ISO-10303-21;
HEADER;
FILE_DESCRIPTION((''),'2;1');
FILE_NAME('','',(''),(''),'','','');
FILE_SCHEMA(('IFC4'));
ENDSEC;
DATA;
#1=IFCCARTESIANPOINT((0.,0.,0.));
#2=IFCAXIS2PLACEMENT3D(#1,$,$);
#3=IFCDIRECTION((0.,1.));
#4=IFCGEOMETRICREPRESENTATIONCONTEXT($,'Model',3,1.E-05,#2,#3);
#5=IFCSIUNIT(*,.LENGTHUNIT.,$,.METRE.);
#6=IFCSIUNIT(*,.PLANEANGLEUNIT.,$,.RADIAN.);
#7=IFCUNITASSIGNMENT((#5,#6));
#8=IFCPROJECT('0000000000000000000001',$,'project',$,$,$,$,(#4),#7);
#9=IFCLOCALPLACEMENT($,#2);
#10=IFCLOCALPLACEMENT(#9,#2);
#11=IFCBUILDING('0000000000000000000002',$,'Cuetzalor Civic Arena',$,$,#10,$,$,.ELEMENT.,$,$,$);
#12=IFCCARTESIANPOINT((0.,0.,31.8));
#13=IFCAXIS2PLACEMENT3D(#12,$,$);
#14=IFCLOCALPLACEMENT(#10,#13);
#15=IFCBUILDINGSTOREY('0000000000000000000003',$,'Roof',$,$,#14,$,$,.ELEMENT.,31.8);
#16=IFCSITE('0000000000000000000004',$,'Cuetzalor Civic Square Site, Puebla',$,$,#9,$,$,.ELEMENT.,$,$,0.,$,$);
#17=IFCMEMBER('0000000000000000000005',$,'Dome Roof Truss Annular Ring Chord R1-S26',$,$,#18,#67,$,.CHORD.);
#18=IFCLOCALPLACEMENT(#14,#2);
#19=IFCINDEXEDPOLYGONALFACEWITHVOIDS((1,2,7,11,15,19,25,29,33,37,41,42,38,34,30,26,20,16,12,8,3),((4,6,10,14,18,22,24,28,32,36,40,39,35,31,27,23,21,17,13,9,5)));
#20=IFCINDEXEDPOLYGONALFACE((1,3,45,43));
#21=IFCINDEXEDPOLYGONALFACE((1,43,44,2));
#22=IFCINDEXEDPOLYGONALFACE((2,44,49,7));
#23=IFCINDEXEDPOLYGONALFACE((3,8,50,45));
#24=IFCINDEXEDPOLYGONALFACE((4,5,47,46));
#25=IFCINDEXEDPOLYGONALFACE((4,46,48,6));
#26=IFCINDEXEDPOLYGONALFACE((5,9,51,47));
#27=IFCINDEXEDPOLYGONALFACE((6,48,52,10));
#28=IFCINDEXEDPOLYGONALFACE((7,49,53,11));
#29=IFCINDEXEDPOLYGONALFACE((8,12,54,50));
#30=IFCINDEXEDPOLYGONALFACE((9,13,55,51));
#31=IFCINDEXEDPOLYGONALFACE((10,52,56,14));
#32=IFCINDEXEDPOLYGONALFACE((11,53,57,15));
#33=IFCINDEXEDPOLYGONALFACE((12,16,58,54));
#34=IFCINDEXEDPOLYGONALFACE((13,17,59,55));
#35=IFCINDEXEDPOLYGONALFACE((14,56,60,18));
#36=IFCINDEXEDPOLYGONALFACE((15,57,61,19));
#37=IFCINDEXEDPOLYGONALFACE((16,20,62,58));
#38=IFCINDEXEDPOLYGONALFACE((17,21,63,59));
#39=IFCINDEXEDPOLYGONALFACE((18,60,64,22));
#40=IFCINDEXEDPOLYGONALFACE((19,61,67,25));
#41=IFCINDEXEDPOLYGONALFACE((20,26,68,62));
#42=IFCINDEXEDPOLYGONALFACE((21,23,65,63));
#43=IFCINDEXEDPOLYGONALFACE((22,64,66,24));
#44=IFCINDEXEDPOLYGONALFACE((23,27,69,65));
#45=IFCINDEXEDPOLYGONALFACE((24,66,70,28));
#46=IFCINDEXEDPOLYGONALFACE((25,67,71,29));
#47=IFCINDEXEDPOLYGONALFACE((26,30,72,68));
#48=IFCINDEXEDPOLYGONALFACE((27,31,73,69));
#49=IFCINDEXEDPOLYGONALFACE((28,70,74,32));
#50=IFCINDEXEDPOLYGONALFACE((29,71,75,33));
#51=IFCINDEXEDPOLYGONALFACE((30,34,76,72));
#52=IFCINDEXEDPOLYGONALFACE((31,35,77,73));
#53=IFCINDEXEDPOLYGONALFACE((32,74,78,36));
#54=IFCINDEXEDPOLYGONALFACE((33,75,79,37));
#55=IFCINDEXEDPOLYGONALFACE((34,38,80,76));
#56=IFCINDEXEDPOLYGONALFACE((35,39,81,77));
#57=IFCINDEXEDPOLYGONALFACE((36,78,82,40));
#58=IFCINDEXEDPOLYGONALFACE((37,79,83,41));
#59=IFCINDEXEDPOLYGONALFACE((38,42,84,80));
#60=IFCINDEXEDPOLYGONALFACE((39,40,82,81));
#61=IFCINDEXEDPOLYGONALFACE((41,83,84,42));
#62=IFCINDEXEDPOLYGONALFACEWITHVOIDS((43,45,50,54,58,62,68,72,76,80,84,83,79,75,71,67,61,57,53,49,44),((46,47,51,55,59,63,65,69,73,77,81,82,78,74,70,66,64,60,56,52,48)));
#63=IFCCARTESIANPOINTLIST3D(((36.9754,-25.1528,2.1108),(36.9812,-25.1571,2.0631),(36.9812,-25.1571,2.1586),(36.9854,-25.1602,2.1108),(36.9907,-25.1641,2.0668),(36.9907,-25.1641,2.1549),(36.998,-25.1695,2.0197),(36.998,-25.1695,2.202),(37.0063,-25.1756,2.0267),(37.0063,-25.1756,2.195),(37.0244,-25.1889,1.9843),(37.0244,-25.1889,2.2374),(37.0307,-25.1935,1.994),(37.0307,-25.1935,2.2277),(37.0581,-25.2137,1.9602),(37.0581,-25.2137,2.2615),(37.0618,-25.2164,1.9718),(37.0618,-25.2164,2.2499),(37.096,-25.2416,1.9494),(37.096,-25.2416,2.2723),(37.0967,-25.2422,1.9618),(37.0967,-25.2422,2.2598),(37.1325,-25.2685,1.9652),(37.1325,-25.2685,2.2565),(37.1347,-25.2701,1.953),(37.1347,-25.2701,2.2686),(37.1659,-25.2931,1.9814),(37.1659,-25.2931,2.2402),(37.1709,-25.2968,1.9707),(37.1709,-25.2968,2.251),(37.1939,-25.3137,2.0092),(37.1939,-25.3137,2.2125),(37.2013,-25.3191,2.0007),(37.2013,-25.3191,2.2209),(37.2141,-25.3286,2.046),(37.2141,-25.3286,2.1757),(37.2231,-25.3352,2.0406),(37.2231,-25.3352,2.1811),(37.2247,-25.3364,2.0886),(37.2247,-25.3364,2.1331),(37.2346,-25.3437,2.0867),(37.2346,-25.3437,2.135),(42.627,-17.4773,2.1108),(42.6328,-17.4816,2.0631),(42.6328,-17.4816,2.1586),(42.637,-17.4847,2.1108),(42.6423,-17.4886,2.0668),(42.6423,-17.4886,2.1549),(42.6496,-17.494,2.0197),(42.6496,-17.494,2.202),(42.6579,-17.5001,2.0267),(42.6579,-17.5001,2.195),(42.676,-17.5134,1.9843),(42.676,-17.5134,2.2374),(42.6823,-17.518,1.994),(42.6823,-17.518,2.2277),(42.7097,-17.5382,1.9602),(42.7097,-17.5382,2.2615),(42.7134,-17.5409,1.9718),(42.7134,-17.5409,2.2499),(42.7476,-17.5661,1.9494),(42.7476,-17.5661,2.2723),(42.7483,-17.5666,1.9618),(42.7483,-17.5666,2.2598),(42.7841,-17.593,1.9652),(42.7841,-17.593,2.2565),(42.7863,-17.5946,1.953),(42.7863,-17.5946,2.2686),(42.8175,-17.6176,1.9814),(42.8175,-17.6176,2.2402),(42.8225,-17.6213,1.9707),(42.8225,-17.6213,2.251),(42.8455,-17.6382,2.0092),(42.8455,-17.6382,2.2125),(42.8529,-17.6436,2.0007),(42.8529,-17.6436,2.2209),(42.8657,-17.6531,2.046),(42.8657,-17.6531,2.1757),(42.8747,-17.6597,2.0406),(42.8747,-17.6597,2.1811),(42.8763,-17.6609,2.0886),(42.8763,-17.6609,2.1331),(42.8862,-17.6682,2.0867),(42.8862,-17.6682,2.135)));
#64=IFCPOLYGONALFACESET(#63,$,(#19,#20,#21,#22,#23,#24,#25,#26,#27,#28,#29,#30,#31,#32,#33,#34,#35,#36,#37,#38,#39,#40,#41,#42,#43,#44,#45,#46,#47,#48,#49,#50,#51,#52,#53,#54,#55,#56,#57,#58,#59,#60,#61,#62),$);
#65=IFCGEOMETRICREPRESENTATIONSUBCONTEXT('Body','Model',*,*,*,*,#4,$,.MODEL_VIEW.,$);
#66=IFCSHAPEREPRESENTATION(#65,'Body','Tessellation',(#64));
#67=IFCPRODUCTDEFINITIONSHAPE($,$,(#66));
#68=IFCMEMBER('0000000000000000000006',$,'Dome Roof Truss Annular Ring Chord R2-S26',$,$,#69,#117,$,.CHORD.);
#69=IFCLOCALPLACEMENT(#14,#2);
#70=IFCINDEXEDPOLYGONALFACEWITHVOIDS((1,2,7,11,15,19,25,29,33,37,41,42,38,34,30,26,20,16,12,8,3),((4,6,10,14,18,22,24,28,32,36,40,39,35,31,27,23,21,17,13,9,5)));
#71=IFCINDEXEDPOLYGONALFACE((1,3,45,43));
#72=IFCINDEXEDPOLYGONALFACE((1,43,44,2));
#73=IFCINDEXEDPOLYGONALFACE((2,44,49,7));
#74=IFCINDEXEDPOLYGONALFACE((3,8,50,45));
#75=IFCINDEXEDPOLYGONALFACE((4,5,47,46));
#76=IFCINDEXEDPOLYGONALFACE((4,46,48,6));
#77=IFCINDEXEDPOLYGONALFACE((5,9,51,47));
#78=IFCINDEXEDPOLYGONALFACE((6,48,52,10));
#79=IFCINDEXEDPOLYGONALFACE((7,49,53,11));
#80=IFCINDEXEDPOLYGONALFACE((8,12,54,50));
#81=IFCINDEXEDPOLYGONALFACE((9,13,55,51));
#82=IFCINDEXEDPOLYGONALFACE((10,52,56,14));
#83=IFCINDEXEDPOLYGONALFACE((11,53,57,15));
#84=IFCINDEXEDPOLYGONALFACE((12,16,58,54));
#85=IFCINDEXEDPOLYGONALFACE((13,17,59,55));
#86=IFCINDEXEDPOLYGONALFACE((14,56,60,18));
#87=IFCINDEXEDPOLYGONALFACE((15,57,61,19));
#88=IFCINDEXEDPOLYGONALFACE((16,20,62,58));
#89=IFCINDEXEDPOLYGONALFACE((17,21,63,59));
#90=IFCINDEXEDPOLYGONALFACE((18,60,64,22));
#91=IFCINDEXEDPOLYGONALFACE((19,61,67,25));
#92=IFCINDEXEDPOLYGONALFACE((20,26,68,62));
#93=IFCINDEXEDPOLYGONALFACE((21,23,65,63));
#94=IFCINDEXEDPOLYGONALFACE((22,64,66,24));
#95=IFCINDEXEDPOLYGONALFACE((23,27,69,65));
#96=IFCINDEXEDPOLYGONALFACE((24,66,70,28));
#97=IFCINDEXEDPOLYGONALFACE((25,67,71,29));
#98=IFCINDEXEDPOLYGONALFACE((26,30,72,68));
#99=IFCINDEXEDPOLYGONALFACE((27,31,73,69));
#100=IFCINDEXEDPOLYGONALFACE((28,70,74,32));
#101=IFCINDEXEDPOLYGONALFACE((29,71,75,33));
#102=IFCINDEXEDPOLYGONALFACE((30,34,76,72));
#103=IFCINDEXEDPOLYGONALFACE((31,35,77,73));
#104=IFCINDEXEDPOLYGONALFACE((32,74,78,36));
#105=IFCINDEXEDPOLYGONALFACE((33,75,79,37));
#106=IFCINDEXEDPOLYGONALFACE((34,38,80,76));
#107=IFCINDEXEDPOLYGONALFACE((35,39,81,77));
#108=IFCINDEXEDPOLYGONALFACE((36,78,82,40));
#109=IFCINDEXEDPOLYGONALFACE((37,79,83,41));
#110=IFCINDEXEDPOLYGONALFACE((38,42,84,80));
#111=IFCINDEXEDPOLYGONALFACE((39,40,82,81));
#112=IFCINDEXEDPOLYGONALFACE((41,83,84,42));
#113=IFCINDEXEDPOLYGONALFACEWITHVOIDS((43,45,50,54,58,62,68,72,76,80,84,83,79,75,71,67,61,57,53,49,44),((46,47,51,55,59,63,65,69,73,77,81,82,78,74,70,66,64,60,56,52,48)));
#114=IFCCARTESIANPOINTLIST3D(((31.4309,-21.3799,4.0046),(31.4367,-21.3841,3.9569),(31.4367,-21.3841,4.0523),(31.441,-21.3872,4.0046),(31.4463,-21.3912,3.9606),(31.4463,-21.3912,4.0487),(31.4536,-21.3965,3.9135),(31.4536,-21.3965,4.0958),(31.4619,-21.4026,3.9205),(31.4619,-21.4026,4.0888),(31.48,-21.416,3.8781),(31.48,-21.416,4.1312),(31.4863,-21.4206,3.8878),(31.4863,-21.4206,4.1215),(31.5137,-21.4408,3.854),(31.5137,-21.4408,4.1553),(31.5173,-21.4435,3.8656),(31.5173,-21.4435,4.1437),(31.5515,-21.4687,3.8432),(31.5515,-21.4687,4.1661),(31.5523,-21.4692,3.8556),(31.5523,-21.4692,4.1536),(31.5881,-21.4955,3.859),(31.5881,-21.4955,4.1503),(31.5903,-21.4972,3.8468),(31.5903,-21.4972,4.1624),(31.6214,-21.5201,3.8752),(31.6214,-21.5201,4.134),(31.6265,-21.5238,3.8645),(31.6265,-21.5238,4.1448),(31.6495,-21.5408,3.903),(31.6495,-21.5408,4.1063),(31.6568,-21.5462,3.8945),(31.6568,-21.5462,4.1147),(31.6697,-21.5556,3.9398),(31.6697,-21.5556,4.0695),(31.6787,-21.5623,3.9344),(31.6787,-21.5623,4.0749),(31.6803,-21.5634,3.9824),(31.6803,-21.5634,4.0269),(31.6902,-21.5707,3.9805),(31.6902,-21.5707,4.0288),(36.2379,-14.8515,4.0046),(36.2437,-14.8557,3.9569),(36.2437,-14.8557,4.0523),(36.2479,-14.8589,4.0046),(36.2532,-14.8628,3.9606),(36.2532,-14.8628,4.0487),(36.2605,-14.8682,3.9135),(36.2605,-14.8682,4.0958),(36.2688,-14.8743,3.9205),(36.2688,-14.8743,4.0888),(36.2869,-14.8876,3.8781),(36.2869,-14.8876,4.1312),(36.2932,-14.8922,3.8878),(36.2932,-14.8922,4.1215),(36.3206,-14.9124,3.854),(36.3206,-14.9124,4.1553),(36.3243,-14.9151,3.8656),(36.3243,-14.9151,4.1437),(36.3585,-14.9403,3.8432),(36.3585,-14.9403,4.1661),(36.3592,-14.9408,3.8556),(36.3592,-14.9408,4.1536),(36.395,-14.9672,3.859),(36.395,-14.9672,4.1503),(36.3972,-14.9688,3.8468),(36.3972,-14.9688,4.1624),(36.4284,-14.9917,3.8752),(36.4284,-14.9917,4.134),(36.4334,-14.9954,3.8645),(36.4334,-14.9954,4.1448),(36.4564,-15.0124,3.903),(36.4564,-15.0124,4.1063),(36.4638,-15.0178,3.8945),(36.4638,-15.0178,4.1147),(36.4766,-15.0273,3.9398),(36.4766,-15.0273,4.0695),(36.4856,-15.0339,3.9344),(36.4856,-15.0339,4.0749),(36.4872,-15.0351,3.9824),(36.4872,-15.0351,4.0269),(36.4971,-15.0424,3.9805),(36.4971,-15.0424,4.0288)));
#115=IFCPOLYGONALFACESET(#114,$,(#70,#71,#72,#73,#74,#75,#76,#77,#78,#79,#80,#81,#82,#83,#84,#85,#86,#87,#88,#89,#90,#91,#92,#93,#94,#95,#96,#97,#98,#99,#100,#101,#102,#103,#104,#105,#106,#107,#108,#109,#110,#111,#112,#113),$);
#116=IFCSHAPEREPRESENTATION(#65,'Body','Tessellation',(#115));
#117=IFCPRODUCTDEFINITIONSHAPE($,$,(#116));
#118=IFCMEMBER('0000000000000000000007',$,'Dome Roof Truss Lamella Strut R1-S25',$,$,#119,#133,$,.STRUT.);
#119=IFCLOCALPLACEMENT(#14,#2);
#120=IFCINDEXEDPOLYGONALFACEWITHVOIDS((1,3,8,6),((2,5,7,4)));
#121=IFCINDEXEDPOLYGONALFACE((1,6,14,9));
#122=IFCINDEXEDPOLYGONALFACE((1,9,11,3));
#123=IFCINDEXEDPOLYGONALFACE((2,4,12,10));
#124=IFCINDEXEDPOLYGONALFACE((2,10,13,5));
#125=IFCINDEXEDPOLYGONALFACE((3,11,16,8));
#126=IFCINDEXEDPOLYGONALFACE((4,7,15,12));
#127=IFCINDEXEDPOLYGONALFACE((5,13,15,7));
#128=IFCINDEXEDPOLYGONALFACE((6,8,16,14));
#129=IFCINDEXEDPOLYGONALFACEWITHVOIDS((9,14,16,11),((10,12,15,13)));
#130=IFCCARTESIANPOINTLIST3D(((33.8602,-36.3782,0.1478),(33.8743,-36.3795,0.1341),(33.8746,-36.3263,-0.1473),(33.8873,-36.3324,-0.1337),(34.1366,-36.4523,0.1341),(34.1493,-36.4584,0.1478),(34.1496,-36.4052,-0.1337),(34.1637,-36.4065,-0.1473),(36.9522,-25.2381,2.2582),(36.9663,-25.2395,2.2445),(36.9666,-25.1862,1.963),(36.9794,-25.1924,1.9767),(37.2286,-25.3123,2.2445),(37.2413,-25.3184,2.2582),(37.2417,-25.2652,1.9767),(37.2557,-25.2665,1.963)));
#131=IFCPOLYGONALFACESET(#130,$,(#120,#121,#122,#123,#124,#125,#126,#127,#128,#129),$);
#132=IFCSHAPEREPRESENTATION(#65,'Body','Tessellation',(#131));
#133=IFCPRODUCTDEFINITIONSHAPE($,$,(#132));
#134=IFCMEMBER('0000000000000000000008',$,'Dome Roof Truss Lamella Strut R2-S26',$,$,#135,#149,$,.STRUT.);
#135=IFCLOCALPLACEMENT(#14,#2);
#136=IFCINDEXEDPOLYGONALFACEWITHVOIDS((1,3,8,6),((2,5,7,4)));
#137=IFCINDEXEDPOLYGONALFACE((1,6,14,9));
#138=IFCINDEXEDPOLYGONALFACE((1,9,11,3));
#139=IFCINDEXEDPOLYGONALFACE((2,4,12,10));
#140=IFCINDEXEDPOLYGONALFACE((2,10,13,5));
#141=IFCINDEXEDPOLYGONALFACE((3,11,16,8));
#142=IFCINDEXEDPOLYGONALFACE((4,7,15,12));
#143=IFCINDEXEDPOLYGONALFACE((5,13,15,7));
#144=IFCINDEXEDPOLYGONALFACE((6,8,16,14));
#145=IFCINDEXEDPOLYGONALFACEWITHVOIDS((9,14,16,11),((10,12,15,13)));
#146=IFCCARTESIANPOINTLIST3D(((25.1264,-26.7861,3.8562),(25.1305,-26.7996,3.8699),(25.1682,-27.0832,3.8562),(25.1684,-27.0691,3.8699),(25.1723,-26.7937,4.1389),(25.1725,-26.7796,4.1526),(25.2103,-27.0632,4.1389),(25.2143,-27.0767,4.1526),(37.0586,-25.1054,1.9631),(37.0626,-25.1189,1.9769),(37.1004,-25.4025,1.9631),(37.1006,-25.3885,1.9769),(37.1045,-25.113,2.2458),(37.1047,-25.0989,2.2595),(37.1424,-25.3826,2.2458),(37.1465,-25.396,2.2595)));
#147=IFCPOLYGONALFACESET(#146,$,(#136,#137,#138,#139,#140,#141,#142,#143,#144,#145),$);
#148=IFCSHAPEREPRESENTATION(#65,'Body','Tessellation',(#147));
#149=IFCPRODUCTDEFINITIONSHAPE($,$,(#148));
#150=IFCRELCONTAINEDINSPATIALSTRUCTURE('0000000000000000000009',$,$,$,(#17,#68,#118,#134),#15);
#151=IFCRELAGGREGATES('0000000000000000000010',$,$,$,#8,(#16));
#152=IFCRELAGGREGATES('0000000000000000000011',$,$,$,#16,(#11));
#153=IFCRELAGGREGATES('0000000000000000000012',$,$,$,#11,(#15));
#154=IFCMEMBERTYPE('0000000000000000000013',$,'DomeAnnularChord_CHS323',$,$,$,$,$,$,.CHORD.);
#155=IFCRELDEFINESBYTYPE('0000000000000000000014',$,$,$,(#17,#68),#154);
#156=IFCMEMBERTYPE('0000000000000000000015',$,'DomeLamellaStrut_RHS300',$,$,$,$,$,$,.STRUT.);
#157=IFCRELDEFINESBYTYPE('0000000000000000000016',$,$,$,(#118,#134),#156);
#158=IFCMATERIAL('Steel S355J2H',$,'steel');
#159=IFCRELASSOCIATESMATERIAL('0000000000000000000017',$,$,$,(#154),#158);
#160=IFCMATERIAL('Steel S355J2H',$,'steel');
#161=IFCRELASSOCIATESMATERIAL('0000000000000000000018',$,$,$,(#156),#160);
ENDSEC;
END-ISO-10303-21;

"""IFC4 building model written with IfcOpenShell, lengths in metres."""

from ifc_helpers import new_model, si_unit, direction, frame, origin, origin_2d, place, context, subcontext, project, spatial, hollow_rectangle, hollow_circle, extrude, material, material_profile, profile_set, type_object, element, save


model = new_model("IFC4")

# Units and contexts
model_context = context("Model", 3, precision=1e-05, world=origin(), true_north=direction((0.0, 1.0)))
body_context = subcontext(model_context, "Body", "Model", "MODEL_VIEW")
ifc_project = project(units=[si_unit("LENGTHUNIT", "METRE"), si_unit("PLANEANGLEUNIT", "RADIAN")], contexts=[model_context])

# Site, building, storey
site_placement = place(None, origin())
site = spatial("IfcSite", under=ifc_project, at=site_placement, Name="Cuetzalor Civic Square Site, Puebla", CompositionType="ELEMENT", RefElevation=0.0)
building_placement = place(site_placement, origin())
building = spatial("IfcBuilding", under=site, at=building_placement, Name="Cuetzalor Civic Arena", CompositionType="ELEMENT")
storey_placement = place(building_placement, frame((0.0, 0.0, 31.8)))
storey = spatial("IfcBuildingStorey", under=building, at=storey_placement, Name="Roof", CompositionType="ELEMENT", Elevation=31.8)

# Members
ifc_material_1 = material(Name="Steel S355J2H", Category="steel")
ifc_material_profile_1 = material_profile(ifc_material_1, hollow_circle(Radius=0.1619, WallThickness=0.0125, at=origin_2d()), Name="CHS 323.9x12.5")
ifc_profile_set_1 = profile_set([ifc_material_profile_1], Name="Steel S355J2H")
member_type_1 = type_object("IfcMemberType", Name="DomeAnnularChord_CHS323", PredefinedType="CHORD", material=ifc_profile_set_1)
member_1_placement = place(storey_placement, frame((37.1057, -25.2488, 2.1108), z_axis=(0.592924, 0.805259, 0.0), x_axis=(-0.805259, 0.592924, 0.0)))
element("IfcMember", 1, at=member_1_placement, inside=storey, type_object=member_type_1, Name="Dome Roof Truss Annular Ring Chord R1-S26", PredefinedType="CHORD", context=body_context, shape_type="SweptSolid", body=[
    extrude(hollow_circle(Radius=0.1619, WallThickness=0.0125, at=origin_2d()), origin(), (0.0, 0.0, 1.0), 9.5317),
])
member_2_placement = place(storey_placement, frame((31.5613, -21.4758, 4.0046), z_axis=(0.592923, 0.805259, 0.0), x_axis=(-0.805259, 0.592923, 0.0)))
element("IfcMember", 2, at=member_2_placement, inside=storey, type_object=member_type_1, Name="Dome Roof Truss Annular Ring Chord R2-S26", PredefinedType="CHORD", context=body_context, shape_type="SweptSolid", body=[
    extrude(hollow_circle(Radius=0.1619, WallThickness=0.0125, at=origin_2d()), origin(), (0.0, 0.0, 1.0), 8.1072),
])
ifc_material_2 = material(Name="Steel S355J2H", Category="steel")
ifc_material_profile_2 = material_profile(ifc_material_2, hollow_rectangle(XDim=0.3, YDim=0.3, WallThickness=0.0139, at=origin_2d()), Name="RHS 300x300x14")
ifc_profile_set_2 = profile_set([ifc_material_profile_2], Name="Steel S355J2H")
member_type_2 = type_object("IfcMemberType", Name="DomeLamellaStrut_RHS300", PredefinedType="STRUT", material=ifc_profile_set_2)
member_3_placement = place(storey_placement, frame((34.012, -36.3923, 0.0002), z_axis=(0.263101, 0.94791, 0.179569), x_axis=(-0.963572, 0.267448, 0.0)))
element("IfcMember", 3, at=member_3_placement, inside=storey, type_object=member_type_2, Name="Dome Roof Truss Lamella Strut R1-S25", PredefinedType="STRUT", context=body_context, shape_type="SweptSolid", body=[
    extrude(hollow_rectangle(XDim=0.3, YDim=0.3, WallThickness=0.0139, at=origin_2d()), origin(), (0.0, 0.0, 1.0), 11.7522),
])
member_4_placement = place(storey_placement, frame((37.1025, -25.2507, 2.1113), z_axis=(-0.978227, -0.137785, 0.155199), x_axis=(0.139475, -0.990226, 0.0)))
element("IfcMember", 4, at=member_4_placement, inside=storey, type_object=member_type_2, Name="Dome Roof Truss Lamella Strut R2-S26", PredefinedType="STRUT", context=body_context, shape_type="SweptSolid", body=[
    extrude(hollow_rectangle(XDim=0.3, YDim=0.3, WallThickness=0.0139, at=origin_2d()), origin(), (0.0, 0.0, 1.0), 12.1978),
])

save(model, "model.ifc")
